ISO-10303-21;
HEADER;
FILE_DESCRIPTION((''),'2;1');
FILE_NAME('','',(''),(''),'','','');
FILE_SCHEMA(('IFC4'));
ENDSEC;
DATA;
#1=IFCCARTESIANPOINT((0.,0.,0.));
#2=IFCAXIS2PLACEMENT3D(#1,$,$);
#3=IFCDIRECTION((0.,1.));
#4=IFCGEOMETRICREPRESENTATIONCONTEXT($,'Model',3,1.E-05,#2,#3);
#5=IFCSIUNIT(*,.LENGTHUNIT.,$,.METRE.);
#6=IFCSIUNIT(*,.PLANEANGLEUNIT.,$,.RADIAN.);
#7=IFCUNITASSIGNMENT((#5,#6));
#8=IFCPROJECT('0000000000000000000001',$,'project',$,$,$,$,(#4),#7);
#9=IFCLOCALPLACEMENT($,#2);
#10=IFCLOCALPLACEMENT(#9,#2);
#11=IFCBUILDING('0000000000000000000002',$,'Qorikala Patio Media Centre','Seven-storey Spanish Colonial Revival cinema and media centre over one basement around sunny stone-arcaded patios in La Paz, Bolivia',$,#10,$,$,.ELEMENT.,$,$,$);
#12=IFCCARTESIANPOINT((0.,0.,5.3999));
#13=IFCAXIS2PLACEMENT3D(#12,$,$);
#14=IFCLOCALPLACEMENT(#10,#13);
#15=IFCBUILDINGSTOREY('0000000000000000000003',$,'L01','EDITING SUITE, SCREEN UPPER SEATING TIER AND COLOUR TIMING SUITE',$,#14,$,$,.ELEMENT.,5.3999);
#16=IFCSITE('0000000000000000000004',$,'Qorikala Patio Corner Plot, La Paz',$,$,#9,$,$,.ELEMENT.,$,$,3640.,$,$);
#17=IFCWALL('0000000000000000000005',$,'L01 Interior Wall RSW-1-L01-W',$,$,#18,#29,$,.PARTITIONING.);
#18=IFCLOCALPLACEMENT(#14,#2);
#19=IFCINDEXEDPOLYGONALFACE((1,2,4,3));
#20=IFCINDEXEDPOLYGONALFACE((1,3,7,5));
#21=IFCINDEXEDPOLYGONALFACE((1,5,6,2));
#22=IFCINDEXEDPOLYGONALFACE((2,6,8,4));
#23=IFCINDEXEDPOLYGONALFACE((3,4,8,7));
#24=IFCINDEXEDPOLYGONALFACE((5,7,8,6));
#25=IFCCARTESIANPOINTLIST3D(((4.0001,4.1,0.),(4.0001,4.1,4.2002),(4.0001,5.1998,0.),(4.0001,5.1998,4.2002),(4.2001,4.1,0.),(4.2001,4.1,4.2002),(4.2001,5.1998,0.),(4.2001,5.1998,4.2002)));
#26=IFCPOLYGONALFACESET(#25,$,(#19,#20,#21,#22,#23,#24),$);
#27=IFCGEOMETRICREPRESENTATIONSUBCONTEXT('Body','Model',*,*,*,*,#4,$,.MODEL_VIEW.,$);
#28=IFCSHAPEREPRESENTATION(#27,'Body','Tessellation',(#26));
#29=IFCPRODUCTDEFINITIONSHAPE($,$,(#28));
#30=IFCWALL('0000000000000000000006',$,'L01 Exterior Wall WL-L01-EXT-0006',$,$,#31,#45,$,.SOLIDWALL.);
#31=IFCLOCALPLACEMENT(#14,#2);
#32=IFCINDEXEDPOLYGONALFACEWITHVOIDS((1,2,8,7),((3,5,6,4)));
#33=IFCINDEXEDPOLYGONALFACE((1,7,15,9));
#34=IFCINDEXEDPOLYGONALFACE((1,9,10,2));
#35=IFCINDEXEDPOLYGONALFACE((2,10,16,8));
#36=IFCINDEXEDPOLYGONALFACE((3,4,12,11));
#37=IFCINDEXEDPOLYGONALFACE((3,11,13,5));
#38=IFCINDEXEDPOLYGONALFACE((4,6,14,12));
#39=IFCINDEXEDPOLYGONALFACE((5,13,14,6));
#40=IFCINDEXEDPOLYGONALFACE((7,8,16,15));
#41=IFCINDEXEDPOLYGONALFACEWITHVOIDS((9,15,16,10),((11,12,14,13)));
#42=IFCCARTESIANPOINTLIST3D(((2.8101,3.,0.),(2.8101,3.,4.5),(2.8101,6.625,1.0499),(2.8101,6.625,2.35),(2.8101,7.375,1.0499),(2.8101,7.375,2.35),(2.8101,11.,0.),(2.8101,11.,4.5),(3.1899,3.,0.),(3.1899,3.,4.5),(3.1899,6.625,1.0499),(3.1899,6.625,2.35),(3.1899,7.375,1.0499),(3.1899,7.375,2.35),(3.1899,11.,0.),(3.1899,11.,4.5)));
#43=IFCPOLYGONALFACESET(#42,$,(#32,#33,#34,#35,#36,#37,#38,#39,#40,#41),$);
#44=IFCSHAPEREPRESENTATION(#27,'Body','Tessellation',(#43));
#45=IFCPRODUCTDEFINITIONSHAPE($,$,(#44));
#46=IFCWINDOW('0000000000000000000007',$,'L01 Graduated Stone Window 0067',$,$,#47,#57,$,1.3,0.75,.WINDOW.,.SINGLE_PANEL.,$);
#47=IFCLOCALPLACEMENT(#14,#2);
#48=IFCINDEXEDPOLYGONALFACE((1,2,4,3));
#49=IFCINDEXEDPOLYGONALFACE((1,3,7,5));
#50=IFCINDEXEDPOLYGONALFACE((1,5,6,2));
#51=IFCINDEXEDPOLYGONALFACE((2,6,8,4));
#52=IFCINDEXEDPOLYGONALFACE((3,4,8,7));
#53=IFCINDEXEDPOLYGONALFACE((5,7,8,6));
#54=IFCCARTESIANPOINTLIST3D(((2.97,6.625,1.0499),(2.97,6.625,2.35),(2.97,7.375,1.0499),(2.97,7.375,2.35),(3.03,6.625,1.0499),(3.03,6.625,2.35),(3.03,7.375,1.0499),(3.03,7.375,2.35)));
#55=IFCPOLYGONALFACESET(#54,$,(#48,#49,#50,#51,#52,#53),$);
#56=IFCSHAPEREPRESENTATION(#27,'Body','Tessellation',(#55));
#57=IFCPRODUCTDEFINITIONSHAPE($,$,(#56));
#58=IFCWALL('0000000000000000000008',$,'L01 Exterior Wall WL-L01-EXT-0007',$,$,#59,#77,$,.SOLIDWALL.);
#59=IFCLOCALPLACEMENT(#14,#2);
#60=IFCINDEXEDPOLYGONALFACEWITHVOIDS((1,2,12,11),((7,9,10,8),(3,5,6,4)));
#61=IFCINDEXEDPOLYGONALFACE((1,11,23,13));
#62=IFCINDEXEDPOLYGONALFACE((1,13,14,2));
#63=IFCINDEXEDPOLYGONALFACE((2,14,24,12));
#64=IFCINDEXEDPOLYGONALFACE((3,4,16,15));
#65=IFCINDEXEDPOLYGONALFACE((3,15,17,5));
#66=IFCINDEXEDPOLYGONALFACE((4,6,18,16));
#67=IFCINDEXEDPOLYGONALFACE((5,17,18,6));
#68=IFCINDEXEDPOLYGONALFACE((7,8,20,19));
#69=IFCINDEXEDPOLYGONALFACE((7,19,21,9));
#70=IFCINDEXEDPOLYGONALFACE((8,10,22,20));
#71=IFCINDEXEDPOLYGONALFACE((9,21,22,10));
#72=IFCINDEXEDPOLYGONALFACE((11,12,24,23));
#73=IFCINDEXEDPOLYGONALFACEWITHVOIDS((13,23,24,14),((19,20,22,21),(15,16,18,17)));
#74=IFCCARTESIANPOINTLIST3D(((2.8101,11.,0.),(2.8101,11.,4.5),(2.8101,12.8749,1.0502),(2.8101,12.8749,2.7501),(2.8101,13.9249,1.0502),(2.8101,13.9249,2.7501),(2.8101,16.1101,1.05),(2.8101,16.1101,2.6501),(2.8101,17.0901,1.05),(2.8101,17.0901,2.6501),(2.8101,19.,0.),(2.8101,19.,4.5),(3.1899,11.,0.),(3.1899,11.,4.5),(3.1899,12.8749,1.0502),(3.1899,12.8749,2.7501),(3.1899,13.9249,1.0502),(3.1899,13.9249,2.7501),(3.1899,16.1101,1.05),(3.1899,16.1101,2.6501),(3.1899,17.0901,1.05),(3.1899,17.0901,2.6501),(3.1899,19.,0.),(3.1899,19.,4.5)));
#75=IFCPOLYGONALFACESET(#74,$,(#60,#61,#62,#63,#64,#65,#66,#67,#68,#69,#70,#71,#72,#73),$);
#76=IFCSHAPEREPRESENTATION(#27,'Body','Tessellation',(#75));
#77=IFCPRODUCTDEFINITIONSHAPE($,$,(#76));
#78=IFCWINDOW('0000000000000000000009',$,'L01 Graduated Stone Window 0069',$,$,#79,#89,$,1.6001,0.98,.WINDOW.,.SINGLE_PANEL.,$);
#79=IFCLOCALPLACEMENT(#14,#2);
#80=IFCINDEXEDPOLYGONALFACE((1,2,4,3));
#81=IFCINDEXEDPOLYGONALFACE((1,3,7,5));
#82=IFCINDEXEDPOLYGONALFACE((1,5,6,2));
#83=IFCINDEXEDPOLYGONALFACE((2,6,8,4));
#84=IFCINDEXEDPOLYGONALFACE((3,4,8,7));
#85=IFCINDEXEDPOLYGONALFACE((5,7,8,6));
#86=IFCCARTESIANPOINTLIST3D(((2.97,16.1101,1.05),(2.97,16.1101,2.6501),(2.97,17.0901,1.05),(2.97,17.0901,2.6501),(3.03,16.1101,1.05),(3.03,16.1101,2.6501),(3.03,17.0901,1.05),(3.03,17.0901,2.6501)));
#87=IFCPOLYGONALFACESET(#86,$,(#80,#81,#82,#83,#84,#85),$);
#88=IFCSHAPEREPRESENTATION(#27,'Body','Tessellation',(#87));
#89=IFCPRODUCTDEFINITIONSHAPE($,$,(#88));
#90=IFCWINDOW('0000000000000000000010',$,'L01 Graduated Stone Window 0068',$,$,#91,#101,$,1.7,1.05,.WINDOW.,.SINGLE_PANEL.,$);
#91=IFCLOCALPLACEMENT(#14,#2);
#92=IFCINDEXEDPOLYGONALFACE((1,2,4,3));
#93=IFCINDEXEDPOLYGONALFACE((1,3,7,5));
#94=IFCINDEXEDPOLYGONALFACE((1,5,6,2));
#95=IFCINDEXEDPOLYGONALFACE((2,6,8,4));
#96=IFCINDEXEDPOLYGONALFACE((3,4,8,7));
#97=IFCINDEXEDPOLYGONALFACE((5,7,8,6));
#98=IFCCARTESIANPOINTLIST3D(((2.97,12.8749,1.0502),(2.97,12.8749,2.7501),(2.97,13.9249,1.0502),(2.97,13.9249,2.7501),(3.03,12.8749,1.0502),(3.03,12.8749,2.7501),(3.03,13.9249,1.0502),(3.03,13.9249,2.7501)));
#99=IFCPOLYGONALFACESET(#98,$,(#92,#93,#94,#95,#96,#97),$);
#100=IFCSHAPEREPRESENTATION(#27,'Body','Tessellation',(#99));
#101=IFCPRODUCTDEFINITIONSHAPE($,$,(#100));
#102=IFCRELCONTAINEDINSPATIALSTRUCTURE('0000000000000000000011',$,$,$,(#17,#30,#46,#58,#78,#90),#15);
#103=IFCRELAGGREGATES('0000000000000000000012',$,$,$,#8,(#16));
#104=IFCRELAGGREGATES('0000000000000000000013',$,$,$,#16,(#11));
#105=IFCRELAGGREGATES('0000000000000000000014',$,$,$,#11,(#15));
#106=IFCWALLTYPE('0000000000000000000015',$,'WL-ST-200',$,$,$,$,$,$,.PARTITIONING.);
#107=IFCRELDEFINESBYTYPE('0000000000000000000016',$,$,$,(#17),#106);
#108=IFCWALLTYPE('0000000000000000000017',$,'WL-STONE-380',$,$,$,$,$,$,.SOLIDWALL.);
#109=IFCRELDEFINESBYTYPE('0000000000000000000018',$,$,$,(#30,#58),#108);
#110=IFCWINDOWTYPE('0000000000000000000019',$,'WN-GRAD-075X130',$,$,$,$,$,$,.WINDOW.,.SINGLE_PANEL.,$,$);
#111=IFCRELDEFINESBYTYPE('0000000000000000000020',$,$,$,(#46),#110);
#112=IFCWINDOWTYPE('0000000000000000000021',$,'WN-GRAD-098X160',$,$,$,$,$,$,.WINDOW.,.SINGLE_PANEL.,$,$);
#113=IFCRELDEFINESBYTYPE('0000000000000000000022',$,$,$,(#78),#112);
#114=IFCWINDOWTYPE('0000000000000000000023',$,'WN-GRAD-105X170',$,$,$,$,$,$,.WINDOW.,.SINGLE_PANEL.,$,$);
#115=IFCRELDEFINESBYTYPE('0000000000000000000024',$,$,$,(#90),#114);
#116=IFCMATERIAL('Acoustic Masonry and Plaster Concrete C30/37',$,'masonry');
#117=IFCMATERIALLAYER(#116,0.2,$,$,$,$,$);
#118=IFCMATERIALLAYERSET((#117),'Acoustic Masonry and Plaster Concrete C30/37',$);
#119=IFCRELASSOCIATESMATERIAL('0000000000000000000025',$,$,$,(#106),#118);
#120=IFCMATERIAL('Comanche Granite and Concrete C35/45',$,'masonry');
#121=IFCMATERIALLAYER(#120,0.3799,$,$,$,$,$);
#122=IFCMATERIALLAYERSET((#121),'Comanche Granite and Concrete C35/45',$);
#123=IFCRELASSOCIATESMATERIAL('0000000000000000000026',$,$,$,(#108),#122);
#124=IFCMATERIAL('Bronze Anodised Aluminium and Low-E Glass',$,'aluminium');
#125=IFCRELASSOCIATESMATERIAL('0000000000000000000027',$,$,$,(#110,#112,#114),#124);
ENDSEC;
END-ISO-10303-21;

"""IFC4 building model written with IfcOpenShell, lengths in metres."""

from ifc_helpers import new_model, si_unit, direction, frame, frame_2d, origin, place, context, subcontext, project, spatial, rectangle, extrude, material, layer, layer_set, type_object, element, fill, save


model = new_model("IFC4")

# Units and contexts
model_context = context("Model", 3, precision=1e-05, world=origin(), true_north=direction((0.0, 1.0)))
body_context = subcontext(model_context, "Body", "Model", "MODEL_VIEW")
ifc_project = project(units=[si_unit("LENGTHUNIT", "METRE"), si_unit("PLANEANGLEUNIT", "RADIAN")], contexts=[model_context])

# Site, building, storey
site_placement = place(None, origin())
site = spatial("IfcSite", under=ifc_project, at=site_placement, Name="Qorikala Patio Corner Plot, La Paz", CompositionType="ELEMENT", RefElevation=3640.0)
building_placement = place(site_placement, origin())
building = spatial("IfcBuilding", under=site, at=building_placement, Name="Qorikala Patio Media Centre", Description="Seven-storey Spanish Colonial Revival cinema and media centre over one basement around sunny stone-arcaded patios in La Paz, Bolivia", CompositionType="ELEMENT")
storey_placement = place(building_placement, frame((0.0, 0.0, 5.3999)))
storey = spatial("IfcBuildingStorey", under=building, at=storey_placement, Name="L01", Description="EDITING SUITE, SCREEN UPPER SEATING TIER AND COLOUR TIMING SUITE", CompositionType="ELEMENT", Elevation=5.3999)

# Wall
ifc_material_1 = material(Name="Acoustic Masonry and Plaster Concrete C30/37", Category="masonry")
ifc_layer_1 = layer(ifc_material_1, 0.2)
ifc_layer_set_1 = layer_set([ifc_layer_1], Name="Acoustic Masonry and Plaster Concrete C30/37")
wall_type_1 = type_object("IfcWallType", Name="WL-ST-200", PredefinedType="PARTITIONING", material=ifc_layer_set_1)
for number, where, z_axis, x_axis, name in (
    (1, (4.1001, 4.1001, 0.0), (0.0, 0.0, 1.0), (0.0, 1.0, 0.0), "L01 Interior Wall RSW-1-L01-W"),
):
    element("IfcWall", number, at=place(storey_placement, frame(where, z_axis=z_axis, x_axis=x_axis)), inside=storey, type_object=wall_type_1, Name=name, PredefinedType="PARTITIONING", context=body_context, shape_type="SweptSolid", body=[
        extrude(rectangle(XDim=1.0999, YDim=0.2, at=frame_2d((0.5498, 0.0))), origin(), (0.0, 0.0, 1.0), 4.2002),
    ])

# Wall, opening, window
ifc_material_2 = material(Name="Comanche Granite and Concrete C35/45", Category="masonry")
ifc_layer_2 = layer(ifc_material_2, 0.3799)
ifc_layer_set_2 = layer_set([ifc_layer_2], Name="Comanche Granite and Concrete C35/45")
wall_type_2 = type_object("IfcWallType", Name="WL-STONE-380", PredefinedType="SOLIDWALL", material=ifc_layer_set_2)
wall_1_placement = place(storey_placement, frame((3.0, 3.0, 0.0), z_axis=(0.0, 0.0, 1.0), x_axis=(0.0, 1.0, 0.0)))
wall_1 = element("IfcWall", 2, at=wall_1_placement, inside=storey, type_object=wall_type_2, Name="L01 Exterior Wall WL-L01-EXT-0006", PredefinedType="SOLIDWALL", context=body_context, shape_type="SweptSolid", body=[
    extrude(rectangle(XDim=8.0, YDim=0.3799, at=frame_2d((4.0, 0.0))), origin(), (0.0, 0.0, 1.0), 4.5),
])
opening_1_placement = place(wall_1_placement, frame((3.625, 0.0, 1.05)))
opening_1 = element("IfcOpeningElement", 3, at=opening_1_placement, cuts=wall_1, PredefinedType="OPENING", context=body_context, shape_type="SweptSolid", body=[
    extrude(rectangle(XDim=0.75, YDim=1.3, at=frame_2d((0.375, 0.6499))), frame((0.0, 0.2, 0.0), z_axis=(0.0, -1.0, 0.0), x_axis=(1.0, 0.0, 0.0)), (0.0, 0.0, 1.0), 0.3999),
])
ifc_material_3 = material(Name="Bronze Anodised Aluminium and Low-E Glass", Category="aluminium")
window_type_1 = type_object("IfcWindowType", Name="WN-GRAD-075X130", PartitioningType="SINGLE_PANEL", PredefinedType="WINDOW", material=ifc_material_3)
window_1_placement = place(opening_1_placement, origin())
window_1 = element("IfcWindow", 4, at=window_1_placement, inside=storey, type_object=window_type_1, Name="L01 Graduated Stone Window 0067", OverallHeight=1.3, OverallWidth=0.75, PartitioningType="SINGLE_PANEL", PredefinedType="WINDOW", context=body_context, shape_type="SweptSolid", body=[
    extrude(rectangle(XDim=0.75, YDim=1.3, at=frame_2d((0.375, 0.6499))), frame((0.0, 0.03, 0.0), z_axis=(0.0, -1.0, 0.0), x_axis=(1.0, 0.0, 0.0)), (0.0, 0.0, 1.0), 0.0601),
])
fill(opening_1, window_1)

# Wall, openings, windows
wall_2_placement = place(storey_placement, frame((3.0, 11.0, 0.0), z_axis=(0.0, 0.0, 1.0), x_axis=(0.0, 1.0, 0.0)))
wall_2 = element("IfcWall", 5, at=wall_2_placement, inside=storey, type_object=wall_type_2, Name="L01 Exterior Wall WL-L01-EXT-0007", PredefinedType="SOLIDWALL", context=body_context, shape_type="SweptSolid", body=[
    extrude(rectangle(XDim=8.0, YDim=0.3799, at=frame_2d((4.0, 0.0))), origin(), (0.0, 0.0, 1.0), 4.5),
])
opening_2_placement = place(wall_2_placement, frame((1.875, 0.0, 1.05)))
opening_2 = element("IfcOpeningElement", 6, at=opening_2_placement, cuts=wall_2, PredefinedType="OPENING", context=body_context, shape_type="SweptSolid", body=[
    extrude(rectangle(XDim=1.05, YDim=1.7, at=frame_2d((0.5249, 0.8501))), frame((0.0, 0.2, 0.0), z_axis=(0.0, -1.0, 0.0), x_axis=(1.0, 0.0, 0.0)), (0.0, 0.0, 1.0), 0.3999),
])
opening_3_placement = place(wall_2_placement, frame((5.1101, 0.0, 1.05)))
opening_3 = element("IfcOpeningElement", 7, at=opening_3_placement, cuts=wall_2, PredefinedType="OPENING", context=body_context, shape_type="SweptSolid", body=[
    extrude(rectangle(XDim=0.98, YDim=1.6001, at=frame_2d((0.49, 0.8))), frame((0.0, 0.2, 0.0), z_axis=(0.0, -1.0, 0.0), x_axis=(1.0, 0.0, 0.0)), (0.0, 0.0, 1.0), 0.3999),
])
window_type_2 = type_object("IfcWindowType", Name="WN-GRAD-098X160", PartitioningType="SINGLE_PANEL", PredefinedType="WINDOW", material=ifc_material_3)
window_2_placement = place(opening_3_placement, origin())
window_2 = element("IfcWindow", 8, at=window_2_placement, inside=storey, type_object=window_type_2, Name="L01 Graduated Stone Window 0069", OverallHeight=1.6001, OverallWidth=0.98, PartitioningType="SINGLE_PANEL", PredefinedType="WINDOW", context=body_context, shape_type="SweptSolid", body=[
    extrude(rectangle(XDim=0.98, YDim=1.6001, at=frame_2d((0.49, 0.8))), frame((0.0, 0.03, 0.0), z_axis=(0.0, -1.0, 0.0), x_axis=(1.0, 0.0, 0.0)), (0.0, 0.0, 1.0), 0.0601),
])
fill(opening_3, window_2)
window_type_3 = type_object("IfcWindowType", Name="WN-GRAD-105X170", PartitioningType="SINGLE_PANEL", PredefinedType="WINDOW", material=ifc_material_3)
window_3_placement = place(opening_2_placement, origin())
window_3 = element("IfcWindow", 9, at=window_3_placement, inside=storey, type_object=window_type_3, Name="L01 Graduated Stone Window 0068", OverallHeight=1.7, OverallWidth=1.05, PartitioningType="SINGLE_PANEL", PredefinedType="WINDOW", context=body_context, shape_type="SweptSolid", body=[
    extrude(rectangle(XDim=1.05, YDim=1.7, at=frame_2d((0.5249, 0.8501))), frame((0.0, 0.03, 0.0), z_axis=(0.0, -1.0, 0.0), x_axis=(1.0, 0.0, 0.0)), (0.0, 0.0, 1.0), 0.0601),
])
fill(opening_2, window_3)

save(model, "model.ifc")
